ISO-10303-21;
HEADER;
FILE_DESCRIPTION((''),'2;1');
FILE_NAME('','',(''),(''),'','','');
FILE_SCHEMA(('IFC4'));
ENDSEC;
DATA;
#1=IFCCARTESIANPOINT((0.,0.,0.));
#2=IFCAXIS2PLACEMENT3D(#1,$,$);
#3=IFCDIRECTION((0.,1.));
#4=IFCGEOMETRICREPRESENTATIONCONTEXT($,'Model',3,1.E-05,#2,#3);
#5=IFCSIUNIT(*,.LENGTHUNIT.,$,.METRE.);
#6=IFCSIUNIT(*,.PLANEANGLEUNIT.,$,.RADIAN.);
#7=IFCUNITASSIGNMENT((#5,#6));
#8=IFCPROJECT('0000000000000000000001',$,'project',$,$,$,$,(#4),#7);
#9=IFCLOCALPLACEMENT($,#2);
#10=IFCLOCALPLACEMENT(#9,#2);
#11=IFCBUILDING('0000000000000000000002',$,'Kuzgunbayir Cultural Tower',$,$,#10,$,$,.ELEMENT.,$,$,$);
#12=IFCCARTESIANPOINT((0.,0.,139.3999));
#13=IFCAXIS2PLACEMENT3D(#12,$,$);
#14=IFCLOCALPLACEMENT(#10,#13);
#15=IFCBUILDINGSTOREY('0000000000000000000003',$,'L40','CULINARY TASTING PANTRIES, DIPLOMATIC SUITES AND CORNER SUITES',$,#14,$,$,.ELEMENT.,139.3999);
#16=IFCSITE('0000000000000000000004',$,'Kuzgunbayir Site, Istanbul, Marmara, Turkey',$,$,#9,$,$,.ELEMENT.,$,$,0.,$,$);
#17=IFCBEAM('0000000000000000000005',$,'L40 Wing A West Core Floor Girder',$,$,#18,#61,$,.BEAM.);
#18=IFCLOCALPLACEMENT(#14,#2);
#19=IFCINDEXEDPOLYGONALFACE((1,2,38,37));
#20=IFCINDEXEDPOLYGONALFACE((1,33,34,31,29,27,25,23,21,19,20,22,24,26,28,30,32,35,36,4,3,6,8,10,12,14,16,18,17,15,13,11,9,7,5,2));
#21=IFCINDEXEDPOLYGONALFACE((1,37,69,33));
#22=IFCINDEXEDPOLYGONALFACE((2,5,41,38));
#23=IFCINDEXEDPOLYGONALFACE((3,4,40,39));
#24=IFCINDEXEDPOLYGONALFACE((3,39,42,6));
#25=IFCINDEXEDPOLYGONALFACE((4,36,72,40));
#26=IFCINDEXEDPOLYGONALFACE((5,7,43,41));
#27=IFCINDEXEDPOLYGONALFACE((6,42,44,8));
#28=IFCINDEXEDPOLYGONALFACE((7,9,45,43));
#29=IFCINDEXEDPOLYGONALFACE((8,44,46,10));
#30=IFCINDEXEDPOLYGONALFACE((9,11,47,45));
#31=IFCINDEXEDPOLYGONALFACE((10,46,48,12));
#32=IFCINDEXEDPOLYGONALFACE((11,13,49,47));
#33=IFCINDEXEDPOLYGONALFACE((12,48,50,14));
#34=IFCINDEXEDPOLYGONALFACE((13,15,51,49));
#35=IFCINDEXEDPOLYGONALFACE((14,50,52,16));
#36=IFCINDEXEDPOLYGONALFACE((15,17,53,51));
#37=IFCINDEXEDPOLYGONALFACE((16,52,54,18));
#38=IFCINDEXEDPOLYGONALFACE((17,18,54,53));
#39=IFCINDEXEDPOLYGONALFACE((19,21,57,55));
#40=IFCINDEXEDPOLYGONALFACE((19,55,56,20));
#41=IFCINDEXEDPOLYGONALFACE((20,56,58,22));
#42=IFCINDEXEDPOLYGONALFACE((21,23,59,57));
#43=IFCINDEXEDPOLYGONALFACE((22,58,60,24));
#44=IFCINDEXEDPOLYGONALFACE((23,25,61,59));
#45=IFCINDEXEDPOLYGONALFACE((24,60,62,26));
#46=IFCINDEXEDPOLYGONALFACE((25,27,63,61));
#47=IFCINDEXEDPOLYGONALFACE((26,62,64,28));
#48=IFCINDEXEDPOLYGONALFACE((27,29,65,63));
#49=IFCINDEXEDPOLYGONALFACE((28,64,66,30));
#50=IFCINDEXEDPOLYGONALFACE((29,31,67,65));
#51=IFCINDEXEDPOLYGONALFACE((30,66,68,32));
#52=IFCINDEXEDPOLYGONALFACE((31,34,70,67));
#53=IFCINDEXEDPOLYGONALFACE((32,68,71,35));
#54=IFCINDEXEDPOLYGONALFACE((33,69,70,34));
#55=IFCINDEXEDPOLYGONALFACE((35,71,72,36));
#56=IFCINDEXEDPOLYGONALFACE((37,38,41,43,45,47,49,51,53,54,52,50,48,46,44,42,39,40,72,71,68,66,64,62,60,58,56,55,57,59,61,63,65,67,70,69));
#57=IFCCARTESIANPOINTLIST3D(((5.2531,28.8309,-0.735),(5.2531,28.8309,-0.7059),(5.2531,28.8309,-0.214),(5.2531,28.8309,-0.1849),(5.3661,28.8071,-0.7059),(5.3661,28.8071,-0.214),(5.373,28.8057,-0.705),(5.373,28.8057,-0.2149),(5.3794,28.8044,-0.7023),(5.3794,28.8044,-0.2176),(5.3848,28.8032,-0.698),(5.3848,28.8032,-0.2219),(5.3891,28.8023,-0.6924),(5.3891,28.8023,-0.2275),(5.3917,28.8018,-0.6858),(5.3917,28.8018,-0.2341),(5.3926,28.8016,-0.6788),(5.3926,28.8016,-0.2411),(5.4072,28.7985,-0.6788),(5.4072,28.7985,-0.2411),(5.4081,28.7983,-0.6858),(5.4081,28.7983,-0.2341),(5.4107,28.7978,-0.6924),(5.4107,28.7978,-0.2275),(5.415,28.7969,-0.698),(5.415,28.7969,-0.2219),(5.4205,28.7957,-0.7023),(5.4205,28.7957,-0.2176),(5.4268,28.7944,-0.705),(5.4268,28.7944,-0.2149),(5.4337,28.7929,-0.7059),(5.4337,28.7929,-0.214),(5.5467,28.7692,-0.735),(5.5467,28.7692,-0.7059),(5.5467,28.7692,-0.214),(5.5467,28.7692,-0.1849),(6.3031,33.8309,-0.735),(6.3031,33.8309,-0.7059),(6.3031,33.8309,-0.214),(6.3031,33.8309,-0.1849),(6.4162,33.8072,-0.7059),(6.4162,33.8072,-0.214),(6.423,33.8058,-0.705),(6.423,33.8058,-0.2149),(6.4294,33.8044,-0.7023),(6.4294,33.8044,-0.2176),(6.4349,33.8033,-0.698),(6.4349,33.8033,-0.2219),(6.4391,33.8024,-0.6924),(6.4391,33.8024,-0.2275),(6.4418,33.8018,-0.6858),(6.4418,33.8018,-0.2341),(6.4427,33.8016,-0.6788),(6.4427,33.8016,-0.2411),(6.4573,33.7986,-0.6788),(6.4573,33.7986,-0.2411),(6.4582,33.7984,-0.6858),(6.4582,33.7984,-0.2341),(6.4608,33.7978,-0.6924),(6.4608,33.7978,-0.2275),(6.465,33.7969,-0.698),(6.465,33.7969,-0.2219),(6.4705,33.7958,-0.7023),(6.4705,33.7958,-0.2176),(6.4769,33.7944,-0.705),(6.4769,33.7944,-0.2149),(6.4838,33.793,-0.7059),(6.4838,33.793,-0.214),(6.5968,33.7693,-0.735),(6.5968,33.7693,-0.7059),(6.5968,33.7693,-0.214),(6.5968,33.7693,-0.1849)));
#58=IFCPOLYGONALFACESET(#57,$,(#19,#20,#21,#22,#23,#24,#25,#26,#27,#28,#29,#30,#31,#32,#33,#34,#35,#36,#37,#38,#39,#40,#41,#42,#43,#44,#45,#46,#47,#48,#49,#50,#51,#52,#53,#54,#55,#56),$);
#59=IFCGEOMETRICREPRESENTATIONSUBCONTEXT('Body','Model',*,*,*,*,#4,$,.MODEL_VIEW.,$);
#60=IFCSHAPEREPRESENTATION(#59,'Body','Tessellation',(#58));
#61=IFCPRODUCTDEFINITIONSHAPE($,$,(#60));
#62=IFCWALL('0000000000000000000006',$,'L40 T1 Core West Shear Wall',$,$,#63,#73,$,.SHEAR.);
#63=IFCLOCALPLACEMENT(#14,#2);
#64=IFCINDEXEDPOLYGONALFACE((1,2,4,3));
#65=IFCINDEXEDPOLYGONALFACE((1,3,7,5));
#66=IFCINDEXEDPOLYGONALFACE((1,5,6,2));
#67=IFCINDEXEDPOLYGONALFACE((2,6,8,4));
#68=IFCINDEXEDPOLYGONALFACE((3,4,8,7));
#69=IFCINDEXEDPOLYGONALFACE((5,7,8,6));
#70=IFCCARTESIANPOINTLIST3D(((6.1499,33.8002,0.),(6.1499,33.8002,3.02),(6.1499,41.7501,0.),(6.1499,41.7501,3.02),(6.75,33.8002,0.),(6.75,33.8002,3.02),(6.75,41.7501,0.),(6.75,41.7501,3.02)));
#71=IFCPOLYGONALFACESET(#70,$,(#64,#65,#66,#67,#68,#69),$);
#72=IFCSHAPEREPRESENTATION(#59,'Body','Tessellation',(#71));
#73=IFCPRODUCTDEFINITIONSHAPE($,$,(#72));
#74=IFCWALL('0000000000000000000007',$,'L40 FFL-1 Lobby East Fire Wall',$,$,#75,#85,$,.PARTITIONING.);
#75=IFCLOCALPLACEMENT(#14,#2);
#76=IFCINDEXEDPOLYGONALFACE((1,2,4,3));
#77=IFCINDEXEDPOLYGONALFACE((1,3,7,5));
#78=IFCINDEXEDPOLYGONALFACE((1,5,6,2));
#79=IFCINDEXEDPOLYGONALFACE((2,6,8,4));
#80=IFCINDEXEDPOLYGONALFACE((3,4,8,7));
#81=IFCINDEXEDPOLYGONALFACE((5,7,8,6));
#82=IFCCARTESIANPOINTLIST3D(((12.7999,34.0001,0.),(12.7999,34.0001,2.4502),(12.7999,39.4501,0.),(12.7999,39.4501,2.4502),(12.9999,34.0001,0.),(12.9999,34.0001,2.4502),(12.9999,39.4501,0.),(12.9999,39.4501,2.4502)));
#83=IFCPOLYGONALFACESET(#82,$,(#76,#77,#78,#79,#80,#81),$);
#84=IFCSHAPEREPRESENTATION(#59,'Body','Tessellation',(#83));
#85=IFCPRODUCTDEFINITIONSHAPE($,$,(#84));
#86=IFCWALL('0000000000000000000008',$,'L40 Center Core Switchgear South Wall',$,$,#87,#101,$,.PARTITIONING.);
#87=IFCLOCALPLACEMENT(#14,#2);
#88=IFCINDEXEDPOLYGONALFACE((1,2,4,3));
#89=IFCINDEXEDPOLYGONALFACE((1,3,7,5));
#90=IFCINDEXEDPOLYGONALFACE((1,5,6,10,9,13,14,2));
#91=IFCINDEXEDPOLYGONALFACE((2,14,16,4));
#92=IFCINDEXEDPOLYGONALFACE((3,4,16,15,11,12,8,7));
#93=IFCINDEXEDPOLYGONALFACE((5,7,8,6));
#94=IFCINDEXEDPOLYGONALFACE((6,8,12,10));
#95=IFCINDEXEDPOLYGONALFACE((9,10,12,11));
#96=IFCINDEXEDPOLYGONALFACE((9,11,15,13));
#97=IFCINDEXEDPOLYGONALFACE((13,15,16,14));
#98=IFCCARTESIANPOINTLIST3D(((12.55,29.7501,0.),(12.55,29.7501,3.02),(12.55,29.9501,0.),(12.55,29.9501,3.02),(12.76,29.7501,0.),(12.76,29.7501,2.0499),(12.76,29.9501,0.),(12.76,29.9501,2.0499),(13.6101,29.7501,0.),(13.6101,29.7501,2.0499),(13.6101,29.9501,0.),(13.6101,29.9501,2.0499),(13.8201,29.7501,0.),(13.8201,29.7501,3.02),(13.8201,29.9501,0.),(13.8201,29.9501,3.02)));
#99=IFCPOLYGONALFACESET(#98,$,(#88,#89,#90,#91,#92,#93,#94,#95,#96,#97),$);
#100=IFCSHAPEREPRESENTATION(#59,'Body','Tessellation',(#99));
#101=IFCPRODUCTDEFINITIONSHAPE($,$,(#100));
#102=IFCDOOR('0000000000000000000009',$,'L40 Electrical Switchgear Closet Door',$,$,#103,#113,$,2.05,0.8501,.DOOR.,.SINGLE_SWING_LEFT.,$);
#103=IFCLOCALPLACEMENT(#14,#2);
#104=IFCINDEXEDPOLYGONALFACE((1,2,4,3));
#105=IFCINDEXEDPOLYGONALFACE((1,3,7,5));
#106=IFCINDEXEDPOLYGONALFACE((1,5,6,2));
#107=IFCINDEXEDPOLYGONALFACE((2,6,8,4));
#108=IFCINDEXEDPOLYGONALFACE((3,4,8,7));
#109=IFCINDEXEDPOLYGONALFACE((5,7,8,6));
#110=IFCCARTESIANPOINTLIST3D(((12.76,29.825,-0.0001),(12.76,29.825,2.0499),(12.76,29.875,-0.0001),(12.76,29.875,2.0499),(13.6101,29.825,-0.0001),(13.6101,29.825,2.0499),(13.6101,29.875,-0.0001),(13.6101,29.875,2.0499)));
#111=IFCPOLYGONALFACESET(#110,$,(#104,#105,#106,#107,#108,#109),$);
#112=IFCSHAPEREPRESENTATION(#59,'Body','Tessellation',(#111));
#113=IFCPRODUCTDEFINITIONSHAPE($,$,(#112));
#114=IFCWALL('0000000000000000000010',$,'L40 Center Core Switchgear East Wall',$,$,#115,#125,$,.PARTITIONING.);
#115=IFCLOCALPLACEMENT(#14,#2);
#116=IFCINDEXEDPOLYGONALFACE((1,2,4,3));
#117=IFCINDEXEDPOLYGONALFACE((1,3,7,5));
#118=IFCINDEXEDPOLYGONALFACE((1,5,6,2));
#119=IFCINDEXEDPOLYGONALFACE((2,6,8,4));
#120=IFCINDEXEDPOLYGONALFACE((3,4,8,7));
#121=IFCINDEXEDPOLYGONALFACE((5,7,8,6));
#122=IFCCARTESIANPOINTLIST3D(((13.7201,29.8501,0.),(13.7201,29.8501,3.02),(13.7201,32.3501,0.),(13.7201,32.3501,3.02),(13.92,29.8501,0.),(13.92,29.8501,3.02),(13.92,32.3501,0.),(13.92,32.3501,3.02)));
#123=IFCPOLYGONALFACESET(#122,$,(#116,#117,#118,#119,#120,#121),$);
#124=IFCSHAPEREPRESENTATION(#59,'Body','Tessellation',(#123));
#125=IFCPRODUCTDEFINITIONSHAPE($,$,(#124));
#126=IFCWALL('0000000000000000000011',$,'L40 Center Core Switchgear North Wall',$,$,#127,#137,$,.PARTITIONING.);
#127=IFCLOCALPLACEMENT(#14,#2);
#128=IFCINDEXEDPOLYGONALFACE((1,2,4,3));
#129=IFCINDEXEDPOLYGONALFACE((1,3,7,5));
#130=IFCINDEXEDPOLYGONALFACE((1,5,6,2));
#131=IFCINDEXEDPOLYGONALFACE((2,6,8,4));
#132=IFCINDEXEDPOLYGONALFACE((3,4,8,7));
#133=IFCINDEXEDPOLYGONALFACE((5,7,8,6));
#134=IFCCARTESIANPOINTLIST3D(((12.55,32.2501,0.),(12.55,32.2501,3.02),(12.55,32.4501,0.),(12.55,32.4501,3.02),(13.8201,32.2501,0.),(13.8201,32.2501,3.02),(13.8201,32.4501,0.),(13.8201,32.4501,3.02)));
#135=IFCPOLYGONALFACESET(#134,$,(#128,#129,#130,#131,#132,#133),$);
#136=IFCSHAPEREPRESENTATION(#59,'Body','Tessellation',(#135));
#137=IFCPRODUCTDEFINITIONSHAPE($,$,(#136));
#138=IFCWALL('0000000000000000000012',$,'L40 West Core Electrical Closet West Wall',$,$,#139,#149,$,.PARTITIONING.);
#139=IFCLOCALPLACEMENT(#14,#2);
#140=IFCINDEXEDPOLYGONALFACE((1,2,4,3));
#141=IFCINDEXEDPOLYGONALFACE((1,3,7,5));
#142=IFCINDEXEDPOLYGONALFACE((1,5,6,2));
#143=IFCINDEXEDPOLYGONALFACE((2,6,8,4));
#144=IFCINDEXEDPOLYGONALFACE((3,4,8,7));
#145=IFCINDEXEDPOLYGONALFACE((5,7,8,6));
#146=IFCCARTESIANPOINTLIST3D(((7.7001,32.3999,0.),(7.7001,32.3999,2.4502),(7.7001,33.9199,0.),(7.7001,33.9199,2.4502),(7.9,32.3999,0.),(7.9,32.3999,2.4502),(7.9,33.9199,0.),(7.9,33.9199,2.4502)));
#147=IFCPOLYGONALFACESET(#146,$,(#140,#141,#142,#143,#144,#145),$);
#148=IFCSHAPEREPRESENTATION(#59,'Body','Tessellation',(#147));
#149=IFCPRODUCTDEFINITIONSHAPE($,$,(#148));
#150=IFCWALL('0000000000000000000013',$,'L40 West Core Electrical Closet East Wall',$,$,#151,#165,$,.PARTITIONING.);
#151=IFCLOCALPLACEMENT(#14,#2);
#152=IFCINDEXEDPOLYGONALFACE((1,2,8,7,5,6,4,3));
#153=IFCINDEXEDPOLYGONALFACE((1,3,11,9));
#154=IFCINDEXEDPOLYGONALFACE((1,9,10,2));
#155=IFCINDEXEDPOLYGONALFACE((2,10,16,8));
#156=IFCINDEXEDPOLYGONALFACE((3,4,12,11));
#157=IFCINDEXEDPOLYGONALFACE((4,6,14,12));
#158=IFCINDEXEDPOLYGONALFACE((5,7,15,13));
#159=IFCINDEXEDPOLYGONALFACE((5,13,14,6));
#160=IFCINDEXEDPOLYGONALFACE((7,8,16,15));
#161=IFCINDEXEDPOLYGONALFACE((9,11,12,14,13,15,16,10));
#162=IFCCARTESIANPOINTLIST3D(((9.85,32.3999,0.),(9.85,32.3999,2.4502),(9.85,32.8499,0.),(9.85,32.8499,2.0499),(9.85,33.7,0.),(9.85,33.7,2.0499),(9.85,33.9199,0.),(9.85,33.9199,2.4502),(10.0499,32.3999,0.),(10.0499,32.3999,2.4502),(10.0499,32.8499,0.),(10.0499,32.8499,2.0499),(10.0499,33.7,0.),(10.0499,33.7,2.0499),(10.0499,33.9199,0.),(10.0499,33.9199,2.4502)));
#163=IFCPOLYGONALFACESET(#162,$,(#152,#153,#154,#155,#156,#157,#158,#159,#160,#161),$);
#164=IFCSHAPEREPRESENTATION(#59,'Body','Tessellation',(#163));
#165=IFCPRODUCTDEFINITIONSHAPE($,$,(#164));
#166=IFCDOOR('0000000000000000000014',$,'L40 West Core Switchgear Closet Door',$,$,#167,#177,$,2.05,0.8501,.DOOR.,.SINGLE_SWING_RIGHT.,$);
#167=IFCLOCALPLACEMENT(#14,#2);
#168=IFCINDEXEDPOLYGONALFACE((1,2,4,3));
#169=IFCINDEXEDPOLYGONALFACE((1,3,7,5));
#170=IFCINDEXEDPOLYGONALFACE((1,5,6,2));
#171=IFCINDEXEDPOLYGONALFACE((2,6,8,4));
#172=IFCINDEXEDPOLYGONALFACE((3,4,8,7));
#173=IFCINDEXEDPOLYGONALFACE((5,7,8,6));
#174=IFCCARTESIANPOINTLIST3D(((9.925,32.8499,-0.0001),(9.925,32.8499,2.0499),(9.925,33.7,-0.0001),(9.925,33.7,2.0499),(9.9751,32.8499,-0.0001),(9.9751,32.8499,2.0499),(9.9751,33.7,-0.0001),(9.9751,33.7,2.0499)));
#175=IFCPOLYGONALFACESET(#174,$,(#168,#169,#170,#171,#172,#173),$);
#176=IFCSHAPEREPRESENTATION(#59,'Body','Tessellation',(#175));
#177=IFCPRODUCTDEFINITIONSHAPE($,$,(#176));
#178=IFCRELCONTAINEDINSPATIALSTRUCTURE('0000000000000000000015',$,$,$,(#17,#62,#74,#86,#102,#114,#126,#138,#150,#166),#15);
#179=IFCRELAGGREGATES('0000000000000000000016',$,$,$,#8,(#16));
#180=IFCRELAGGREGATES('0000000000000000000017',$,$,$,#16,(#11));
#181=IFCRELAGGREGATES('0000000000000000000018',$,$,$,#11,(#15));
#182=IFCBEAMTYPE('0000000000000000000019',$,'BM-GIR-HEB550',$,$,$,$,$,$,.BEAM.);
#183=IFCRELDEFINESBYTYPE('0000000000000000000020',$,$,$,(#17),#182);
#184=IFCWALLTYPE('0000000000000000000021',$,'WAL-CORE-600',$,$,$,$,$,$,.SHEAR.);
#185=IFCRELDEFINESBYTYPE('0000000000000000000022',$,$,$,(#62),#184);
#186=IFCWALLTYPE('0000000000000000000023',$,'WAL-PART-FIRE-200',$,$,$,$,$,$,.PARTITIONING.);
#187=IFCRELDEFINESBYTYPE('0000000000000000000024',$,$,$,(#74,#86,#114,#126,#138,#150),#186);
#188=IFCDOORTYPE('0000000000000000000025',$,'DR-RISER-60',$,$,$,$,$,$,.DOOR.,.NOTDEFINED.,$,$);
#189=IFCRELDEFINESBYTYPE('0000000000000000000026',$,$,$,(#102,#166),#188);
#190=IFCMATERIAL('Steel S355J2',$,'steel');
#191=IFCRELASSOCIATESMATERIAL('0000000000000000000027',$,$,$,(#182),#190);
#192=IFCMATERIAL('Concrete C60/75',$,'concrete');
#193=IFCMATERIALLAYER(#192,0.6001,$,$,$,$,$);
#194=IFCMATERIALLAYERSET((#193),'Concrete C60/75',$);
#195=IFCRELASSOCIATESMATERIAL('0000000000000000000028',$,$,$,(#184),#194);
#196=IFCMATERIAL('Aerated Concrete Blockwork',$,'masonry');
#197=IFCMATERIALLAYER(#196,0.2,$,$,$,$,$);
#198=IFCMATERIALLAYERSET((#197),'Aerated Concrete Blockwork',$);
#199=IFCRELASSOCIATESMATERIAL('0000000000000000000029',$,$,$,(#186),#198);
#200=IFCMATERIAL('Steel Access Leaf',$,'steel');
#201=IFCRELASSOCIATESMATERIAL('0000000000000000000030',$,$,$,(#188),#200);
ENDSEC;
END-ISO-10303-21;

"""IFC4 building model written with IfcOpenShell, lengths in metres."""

from ifc_helpers import new_model, si_unit, direction, frame, frame_2d, origin, origin_2d, place, context, subcontext, project, spatial, rectangle, i_section, extrude, material, layer, layer_set, material_profile, profile_set, type_object, element, fill, save


model = new_model("IFC4")

# Units and contexts
model_context = context("Model", 3, precision=1e-05, world=origin(), true_north=direction((0.0, 1.0)))
body_context = subcontext(model_context, "Body", "Model", "MODEL_VIEW")
ifc_project = project(units=[si_unit("LENGTHUNIT", "METRE"), si_unit("PLANEANGLEUNIT", "RADIAN")], contexts=[model_context])

# Site, building, storey
site_placement = place(None, origin())
site = spatial("IfcSite", under=ifc_project, at=site_placement, Name="Kuzgunbayir Site, Istanbul, Marmara, Turkey", CompositionType="ELEMENT", RefElevation=0.0)
building_placement = place(site_placement, origin())
building = spatial("IfcBuilding", under=site, at=building_placement, Name="Kuzgunbayir Cultural Tower", CompositionType="ELEMENT")
storey_placement = place(building_placement, frame((0.0, 0.0, 139.3999)))
storey = spatial("IfcBuildingStorey", under=building, at=storey_placement, Name="L40", Description="CULINARY TASTING PANTRIES, DIPLOMATIC SUITES AND CORNER SUITES", CompositionType="ELEMENT", Elevation=139.3999)

# Beam
ifc_material_1 = material(Name="Steel S355J2", Category="steel")
ifc_material_profile_1 = material_profile(ifc_material_1, i_section(OverallWidth=0.3, OverallDepth=0.55, WebThickness=0.0149, FlangeThickness=0.0291, FilletRadius=0.0271, at=origin_2d()), Name="HEB 550")
ifc_profile_set_1 = profile_set([ifc_material_profile_1], Name="Steel S355J2")
beam_type = type_object("IfcBeamType", Name="BM-GIR-HEB550", PredefinedType="BEAM", material=ifc_profile_set_1)
beam_1_placement = place(storey_placement, frame((5.3999, 28.8, -0.46), z_axis=(0.205526, 0.978652, 0.0), x_axis=(-0.978652, 0.205526, 0.0)))
element("IfcBeam", 1, at=beam_1_placement, inside=storey, type_object=beam_type, Name="L40 Wing A West Core Floor Girder", PredefinedType="BEAM", context=body_context, shape_type="SweptSolid", body=[
    extrude(i_section(OverallWidth=0.3, OverallDepth=0.55, WebThickness=0.0149, FlangeThickness=0.0291, FilletRadius=0.0271, at=origin_2d()), origin(), (0.0, 0.0, 1.0), 5.1091),
])

# Walls
ifc_material_2 = material(Name="Concrete C60/75", Category="concrete")
ifc_layer_1 = layer(ifc_material_2, 0.6001)
ifc_layer_set_1 = layer_set([ifc_layer_1], Name="Concrete C60/75")
wall_type_1 = type_object("IfcWallType", Name="WAL-CORE-600", PredefinedType="SHEAR", material=ifc_layer_set_1)
wall_1_placement = place(storey_placement, frame((6.45, 33.8, 0.0), z_axis=(0.0, 0.0, 1.0), x_axis=(0.0, 1.0, 0.0)))
element("IfcWall", 2, at=wall_1_placement, inside=storey, type_object=wall_type_1, Name="L40 T1 Core West Shear Wall", PredefinedType="SHEAR", context=body_context, shape_type="SweptSolid", body=[
    extrude(rectangle(XDim=7.95, YDim=0.6001, at=frame_2d((3.9751, 0.0))), origin(), (0.0, 0.0, 1.0), 3.02),
])
ifc_material_3 = material(Name="Aerated Concrete Blockwork", Category="masonry")
ifc_layer_2 = layer(ifc_material_3, 0.2)
ifc_layer_set_2 = layer_set([ifc_layer_2], Name="Aerated Concrete Blockwork")
wall_type_2 = type_object("IfcWallType", Name="WAL-PART-FIRE-200", PredefinedType="PARTITIONING", material=ifc_layer_set_2)
wall_2_placement = place(storey_placement, frame((12.8999, 34.0, 0.0), z_axis=(0.0, 0.0, 1.0), x_axis=(0.0, 1.0, 0.0)))
element("IfcWall", 3, at=wall_2_placement, inside=storey, type_object=wall_type_2, Name="L40 FFL-1 Lobby East Fire Wall", PredefinedType="PARTITIONING", context=body_context, shape_type="SweptSolid", body=[
    extrude(rectangle(XDim=5.45, YDim=0.2, at=frame_2d((2.7251, 0.0))), origin(), (0.0, 0.0, 1.0), 2.4502),
])

# Wall, opening, door
wall_3_placement = place(storey_placement, frame((12.55, 29.8501, 0.0), z_axis=(0.0, 0.0, 1.0), x_axis=(1.0, 0.0, 0.0)))
wall_3 = element("IfcWall", 4, at=wall_3_placement, inside=storey, type_object=wall_type_2, Name="L40 Center Core Switchgear South Wall", PredefinedType="PARTITIONING", context=body_context, shape_type="SweptSolid", body=[
    extrude(rectangle(XDim=1.27, YDim=0.2, at=frame_2d((0.635, 0.0))), origin(), (0.0, 0.0, 1.0), 3.02),
])
opening_1_placement = place(wall_3_placement, frame((0.21, 0.0, 0.0)))
opening_1 = element("IfcOpeningElement", 5, at=opening_1_placement, cuts=wall_3, PredefinedType="OPENING", context=body_context, shape_type="SweptSolid", body=[
    extrude(rectangle(XDim=0.8501, YDim=2.05, at=frame_2d((0.425, 1.0249))), frame((0.0, 0.1099, 0.0), z_axis=(0.0, -1.0, 0.0), x_axis=(1.0, 0.0, 0.0)), (0.0, 0.0, 1.0), 0.22),
])
ifc_material_4 = material(Name="Steel Access Leaf", Category="steel")
door_type_1 = type_object("IfcDoorType", Name="DR-RISER-60", OperationType="NOTDEFINED", PredefinedType="DOOR", material=ifc_material_4)
door_1_placement = place(opening_1_placement, origin())
door_1 = element("IfcDoor", 6, at=door_1_placement, inside=storey, type_object=door_type_1, Name="L40 Electrical Switchgear Closet Door", OperationType="SINGLE_SWING_LEFT", OverallHeight=2.05, OverallWidth=0.8501, PredefinedType="DOOR", context=body_context, shape_type="SweptSolid", body=[
    extrude(rectangle(XDim=0.8501, YDim=2.05, at=frame_2d((0.425, 1.0249))), frame((0.0, 0.0249, 0.0), z_axis=(0.0, -1.0, 0.0), x_axis=(1.0, 0.0, 0.0)), (0.0, 0.0, 1.0), 0.05),
])
fill(opening_1, door_1)

# Walls
wall_4_placement = place(storey_placement, frame((13.8201, 29.8501, 0.0), z_axis=(0.0, 0.0, 1.0), x_axis=(0.0, 1.0, 0.0)))
element("IfcWall", 7, at=wall_4_placement, inside=storey, type_object=wall_type_2, Name="L40 Center Core Switchgear East Wall", PredefinedType="PARTITIONING", context=body_context, shape_type="SweptSolid", body=[
    extrude(rectangle(XDim=2.5, YDim=0.2, at=frame_2d((1.25, 0.0))), origin(), (0.0, 0.0, 1.0), 3.02),
])
wall_5_placement = place(storey_placement, frame((12.55, 32.3501, 0.0), z_axis=(0.0, 0.0, 1.0), x_axis=(1.0, 0.0, 0.0)))
element("IfcWall", 8, at=wall_5_placement, inside=storey, type_object=wall_type_2, Name="L40 Center Core Switchgear North Wall", PredefinedType="PARTITIONING", context=body_context, shape_type="SweptSolid", body=[
    extrude(rectangle(XDim=1.27, YDim=0.2, at=frame_2d((0.635, 0.0))), origin(), (0.0, 0.0, 1.0), 3.02),
])
wall_6_placement = place(storey_placement, frame((7.8, 32.3999, 0.0), z_axis=(0.0, 0.0, 1.0), x_axis=(0.0, 1.0, 0.0)))
element("IfcWall", 9, at=wall_6_placement, inside=storey, type_object=wall_type_2, Name="L40 West Core Electrical Closet West Wall", PredefinedType="PARTITIONING", context=body_context, shape_type="SweptSolid", body=[
    extrude(rectangle(XDim=1.52, YDim=0.2, at=frame_2d((0.76, 0.0))), origin(), (0.0, 0.0, 1.0), 2.4502),
])

# Wall, opening, door
wall_7_placement = place(storey_placement, frame((9.95, 32.3999, 0.0), z_axis=(0.0, 0.0, 1.0), x_axis=(0.0, 1.0, 0.0)))
wall_7 = element("IfcWall", 10, at=wall_7_placement, inside=storey, type_object=wall_type_2, Name="L40 West Core Electrical Closet East Wall", PredefinedType="PARTITIONING", context=body_context, shape_type="SweptSolid", body=[
    extrude(rectangle(XDim=1.52, YDim=0.2, at=frame_2d((0.76, 0.0))), origin(), (0.0, 0.0, 1.0), 2.4502),
])
opening_2_placement = place(wall_7_placement, frame((0.45, 0.0, 0.0)))
opening_2 = element("IfcOpeningElement", 11, at=opening_2_placement, cuts=wall_7, PredefinedType="OPENING", context=body_context, shape_type="SweptSolid", body=[
    extrude(rectangle(XDim=0.8501, YDim=2.05, at=frame_2d((0.425, 1.0249))), frame((0.0, 0.1099, 0.0), z_axis=(0.0, -1.0, 0.0), x_axis=(1.0, 0.0, 0.0)), (0.0, 0.0, 1.0), 0.22),
])
door_2_placement = place(opening_2_placement, origin())
door_2 = element("IfcDoor", 12, at=door_2_placement, inside=storey, type_object=door_type_1, Name="L40 West Core Switchgear Closet Door", OperationType="SINGLE_SWING_RIGHT", OverallHeight=2.05, OverallWidth=0.8501, PredefinedType="DOOR", context=body_context, shape_type="SweptSolid", body=[
    extrude(rectangle(XDim=0.8501, YDim=2.05, at=frame_2d((0.425, 1.0249))), frame((0.0, 0.0249, 0.0), z_axis=(0.0, -1.0, 0.0), x_axis=(1.0, 0.0, 0.0)), (0.0, 0.0, 1.0), 0.05),
])
fill(opening_2, door_2)

save(model, "model.ifc")
